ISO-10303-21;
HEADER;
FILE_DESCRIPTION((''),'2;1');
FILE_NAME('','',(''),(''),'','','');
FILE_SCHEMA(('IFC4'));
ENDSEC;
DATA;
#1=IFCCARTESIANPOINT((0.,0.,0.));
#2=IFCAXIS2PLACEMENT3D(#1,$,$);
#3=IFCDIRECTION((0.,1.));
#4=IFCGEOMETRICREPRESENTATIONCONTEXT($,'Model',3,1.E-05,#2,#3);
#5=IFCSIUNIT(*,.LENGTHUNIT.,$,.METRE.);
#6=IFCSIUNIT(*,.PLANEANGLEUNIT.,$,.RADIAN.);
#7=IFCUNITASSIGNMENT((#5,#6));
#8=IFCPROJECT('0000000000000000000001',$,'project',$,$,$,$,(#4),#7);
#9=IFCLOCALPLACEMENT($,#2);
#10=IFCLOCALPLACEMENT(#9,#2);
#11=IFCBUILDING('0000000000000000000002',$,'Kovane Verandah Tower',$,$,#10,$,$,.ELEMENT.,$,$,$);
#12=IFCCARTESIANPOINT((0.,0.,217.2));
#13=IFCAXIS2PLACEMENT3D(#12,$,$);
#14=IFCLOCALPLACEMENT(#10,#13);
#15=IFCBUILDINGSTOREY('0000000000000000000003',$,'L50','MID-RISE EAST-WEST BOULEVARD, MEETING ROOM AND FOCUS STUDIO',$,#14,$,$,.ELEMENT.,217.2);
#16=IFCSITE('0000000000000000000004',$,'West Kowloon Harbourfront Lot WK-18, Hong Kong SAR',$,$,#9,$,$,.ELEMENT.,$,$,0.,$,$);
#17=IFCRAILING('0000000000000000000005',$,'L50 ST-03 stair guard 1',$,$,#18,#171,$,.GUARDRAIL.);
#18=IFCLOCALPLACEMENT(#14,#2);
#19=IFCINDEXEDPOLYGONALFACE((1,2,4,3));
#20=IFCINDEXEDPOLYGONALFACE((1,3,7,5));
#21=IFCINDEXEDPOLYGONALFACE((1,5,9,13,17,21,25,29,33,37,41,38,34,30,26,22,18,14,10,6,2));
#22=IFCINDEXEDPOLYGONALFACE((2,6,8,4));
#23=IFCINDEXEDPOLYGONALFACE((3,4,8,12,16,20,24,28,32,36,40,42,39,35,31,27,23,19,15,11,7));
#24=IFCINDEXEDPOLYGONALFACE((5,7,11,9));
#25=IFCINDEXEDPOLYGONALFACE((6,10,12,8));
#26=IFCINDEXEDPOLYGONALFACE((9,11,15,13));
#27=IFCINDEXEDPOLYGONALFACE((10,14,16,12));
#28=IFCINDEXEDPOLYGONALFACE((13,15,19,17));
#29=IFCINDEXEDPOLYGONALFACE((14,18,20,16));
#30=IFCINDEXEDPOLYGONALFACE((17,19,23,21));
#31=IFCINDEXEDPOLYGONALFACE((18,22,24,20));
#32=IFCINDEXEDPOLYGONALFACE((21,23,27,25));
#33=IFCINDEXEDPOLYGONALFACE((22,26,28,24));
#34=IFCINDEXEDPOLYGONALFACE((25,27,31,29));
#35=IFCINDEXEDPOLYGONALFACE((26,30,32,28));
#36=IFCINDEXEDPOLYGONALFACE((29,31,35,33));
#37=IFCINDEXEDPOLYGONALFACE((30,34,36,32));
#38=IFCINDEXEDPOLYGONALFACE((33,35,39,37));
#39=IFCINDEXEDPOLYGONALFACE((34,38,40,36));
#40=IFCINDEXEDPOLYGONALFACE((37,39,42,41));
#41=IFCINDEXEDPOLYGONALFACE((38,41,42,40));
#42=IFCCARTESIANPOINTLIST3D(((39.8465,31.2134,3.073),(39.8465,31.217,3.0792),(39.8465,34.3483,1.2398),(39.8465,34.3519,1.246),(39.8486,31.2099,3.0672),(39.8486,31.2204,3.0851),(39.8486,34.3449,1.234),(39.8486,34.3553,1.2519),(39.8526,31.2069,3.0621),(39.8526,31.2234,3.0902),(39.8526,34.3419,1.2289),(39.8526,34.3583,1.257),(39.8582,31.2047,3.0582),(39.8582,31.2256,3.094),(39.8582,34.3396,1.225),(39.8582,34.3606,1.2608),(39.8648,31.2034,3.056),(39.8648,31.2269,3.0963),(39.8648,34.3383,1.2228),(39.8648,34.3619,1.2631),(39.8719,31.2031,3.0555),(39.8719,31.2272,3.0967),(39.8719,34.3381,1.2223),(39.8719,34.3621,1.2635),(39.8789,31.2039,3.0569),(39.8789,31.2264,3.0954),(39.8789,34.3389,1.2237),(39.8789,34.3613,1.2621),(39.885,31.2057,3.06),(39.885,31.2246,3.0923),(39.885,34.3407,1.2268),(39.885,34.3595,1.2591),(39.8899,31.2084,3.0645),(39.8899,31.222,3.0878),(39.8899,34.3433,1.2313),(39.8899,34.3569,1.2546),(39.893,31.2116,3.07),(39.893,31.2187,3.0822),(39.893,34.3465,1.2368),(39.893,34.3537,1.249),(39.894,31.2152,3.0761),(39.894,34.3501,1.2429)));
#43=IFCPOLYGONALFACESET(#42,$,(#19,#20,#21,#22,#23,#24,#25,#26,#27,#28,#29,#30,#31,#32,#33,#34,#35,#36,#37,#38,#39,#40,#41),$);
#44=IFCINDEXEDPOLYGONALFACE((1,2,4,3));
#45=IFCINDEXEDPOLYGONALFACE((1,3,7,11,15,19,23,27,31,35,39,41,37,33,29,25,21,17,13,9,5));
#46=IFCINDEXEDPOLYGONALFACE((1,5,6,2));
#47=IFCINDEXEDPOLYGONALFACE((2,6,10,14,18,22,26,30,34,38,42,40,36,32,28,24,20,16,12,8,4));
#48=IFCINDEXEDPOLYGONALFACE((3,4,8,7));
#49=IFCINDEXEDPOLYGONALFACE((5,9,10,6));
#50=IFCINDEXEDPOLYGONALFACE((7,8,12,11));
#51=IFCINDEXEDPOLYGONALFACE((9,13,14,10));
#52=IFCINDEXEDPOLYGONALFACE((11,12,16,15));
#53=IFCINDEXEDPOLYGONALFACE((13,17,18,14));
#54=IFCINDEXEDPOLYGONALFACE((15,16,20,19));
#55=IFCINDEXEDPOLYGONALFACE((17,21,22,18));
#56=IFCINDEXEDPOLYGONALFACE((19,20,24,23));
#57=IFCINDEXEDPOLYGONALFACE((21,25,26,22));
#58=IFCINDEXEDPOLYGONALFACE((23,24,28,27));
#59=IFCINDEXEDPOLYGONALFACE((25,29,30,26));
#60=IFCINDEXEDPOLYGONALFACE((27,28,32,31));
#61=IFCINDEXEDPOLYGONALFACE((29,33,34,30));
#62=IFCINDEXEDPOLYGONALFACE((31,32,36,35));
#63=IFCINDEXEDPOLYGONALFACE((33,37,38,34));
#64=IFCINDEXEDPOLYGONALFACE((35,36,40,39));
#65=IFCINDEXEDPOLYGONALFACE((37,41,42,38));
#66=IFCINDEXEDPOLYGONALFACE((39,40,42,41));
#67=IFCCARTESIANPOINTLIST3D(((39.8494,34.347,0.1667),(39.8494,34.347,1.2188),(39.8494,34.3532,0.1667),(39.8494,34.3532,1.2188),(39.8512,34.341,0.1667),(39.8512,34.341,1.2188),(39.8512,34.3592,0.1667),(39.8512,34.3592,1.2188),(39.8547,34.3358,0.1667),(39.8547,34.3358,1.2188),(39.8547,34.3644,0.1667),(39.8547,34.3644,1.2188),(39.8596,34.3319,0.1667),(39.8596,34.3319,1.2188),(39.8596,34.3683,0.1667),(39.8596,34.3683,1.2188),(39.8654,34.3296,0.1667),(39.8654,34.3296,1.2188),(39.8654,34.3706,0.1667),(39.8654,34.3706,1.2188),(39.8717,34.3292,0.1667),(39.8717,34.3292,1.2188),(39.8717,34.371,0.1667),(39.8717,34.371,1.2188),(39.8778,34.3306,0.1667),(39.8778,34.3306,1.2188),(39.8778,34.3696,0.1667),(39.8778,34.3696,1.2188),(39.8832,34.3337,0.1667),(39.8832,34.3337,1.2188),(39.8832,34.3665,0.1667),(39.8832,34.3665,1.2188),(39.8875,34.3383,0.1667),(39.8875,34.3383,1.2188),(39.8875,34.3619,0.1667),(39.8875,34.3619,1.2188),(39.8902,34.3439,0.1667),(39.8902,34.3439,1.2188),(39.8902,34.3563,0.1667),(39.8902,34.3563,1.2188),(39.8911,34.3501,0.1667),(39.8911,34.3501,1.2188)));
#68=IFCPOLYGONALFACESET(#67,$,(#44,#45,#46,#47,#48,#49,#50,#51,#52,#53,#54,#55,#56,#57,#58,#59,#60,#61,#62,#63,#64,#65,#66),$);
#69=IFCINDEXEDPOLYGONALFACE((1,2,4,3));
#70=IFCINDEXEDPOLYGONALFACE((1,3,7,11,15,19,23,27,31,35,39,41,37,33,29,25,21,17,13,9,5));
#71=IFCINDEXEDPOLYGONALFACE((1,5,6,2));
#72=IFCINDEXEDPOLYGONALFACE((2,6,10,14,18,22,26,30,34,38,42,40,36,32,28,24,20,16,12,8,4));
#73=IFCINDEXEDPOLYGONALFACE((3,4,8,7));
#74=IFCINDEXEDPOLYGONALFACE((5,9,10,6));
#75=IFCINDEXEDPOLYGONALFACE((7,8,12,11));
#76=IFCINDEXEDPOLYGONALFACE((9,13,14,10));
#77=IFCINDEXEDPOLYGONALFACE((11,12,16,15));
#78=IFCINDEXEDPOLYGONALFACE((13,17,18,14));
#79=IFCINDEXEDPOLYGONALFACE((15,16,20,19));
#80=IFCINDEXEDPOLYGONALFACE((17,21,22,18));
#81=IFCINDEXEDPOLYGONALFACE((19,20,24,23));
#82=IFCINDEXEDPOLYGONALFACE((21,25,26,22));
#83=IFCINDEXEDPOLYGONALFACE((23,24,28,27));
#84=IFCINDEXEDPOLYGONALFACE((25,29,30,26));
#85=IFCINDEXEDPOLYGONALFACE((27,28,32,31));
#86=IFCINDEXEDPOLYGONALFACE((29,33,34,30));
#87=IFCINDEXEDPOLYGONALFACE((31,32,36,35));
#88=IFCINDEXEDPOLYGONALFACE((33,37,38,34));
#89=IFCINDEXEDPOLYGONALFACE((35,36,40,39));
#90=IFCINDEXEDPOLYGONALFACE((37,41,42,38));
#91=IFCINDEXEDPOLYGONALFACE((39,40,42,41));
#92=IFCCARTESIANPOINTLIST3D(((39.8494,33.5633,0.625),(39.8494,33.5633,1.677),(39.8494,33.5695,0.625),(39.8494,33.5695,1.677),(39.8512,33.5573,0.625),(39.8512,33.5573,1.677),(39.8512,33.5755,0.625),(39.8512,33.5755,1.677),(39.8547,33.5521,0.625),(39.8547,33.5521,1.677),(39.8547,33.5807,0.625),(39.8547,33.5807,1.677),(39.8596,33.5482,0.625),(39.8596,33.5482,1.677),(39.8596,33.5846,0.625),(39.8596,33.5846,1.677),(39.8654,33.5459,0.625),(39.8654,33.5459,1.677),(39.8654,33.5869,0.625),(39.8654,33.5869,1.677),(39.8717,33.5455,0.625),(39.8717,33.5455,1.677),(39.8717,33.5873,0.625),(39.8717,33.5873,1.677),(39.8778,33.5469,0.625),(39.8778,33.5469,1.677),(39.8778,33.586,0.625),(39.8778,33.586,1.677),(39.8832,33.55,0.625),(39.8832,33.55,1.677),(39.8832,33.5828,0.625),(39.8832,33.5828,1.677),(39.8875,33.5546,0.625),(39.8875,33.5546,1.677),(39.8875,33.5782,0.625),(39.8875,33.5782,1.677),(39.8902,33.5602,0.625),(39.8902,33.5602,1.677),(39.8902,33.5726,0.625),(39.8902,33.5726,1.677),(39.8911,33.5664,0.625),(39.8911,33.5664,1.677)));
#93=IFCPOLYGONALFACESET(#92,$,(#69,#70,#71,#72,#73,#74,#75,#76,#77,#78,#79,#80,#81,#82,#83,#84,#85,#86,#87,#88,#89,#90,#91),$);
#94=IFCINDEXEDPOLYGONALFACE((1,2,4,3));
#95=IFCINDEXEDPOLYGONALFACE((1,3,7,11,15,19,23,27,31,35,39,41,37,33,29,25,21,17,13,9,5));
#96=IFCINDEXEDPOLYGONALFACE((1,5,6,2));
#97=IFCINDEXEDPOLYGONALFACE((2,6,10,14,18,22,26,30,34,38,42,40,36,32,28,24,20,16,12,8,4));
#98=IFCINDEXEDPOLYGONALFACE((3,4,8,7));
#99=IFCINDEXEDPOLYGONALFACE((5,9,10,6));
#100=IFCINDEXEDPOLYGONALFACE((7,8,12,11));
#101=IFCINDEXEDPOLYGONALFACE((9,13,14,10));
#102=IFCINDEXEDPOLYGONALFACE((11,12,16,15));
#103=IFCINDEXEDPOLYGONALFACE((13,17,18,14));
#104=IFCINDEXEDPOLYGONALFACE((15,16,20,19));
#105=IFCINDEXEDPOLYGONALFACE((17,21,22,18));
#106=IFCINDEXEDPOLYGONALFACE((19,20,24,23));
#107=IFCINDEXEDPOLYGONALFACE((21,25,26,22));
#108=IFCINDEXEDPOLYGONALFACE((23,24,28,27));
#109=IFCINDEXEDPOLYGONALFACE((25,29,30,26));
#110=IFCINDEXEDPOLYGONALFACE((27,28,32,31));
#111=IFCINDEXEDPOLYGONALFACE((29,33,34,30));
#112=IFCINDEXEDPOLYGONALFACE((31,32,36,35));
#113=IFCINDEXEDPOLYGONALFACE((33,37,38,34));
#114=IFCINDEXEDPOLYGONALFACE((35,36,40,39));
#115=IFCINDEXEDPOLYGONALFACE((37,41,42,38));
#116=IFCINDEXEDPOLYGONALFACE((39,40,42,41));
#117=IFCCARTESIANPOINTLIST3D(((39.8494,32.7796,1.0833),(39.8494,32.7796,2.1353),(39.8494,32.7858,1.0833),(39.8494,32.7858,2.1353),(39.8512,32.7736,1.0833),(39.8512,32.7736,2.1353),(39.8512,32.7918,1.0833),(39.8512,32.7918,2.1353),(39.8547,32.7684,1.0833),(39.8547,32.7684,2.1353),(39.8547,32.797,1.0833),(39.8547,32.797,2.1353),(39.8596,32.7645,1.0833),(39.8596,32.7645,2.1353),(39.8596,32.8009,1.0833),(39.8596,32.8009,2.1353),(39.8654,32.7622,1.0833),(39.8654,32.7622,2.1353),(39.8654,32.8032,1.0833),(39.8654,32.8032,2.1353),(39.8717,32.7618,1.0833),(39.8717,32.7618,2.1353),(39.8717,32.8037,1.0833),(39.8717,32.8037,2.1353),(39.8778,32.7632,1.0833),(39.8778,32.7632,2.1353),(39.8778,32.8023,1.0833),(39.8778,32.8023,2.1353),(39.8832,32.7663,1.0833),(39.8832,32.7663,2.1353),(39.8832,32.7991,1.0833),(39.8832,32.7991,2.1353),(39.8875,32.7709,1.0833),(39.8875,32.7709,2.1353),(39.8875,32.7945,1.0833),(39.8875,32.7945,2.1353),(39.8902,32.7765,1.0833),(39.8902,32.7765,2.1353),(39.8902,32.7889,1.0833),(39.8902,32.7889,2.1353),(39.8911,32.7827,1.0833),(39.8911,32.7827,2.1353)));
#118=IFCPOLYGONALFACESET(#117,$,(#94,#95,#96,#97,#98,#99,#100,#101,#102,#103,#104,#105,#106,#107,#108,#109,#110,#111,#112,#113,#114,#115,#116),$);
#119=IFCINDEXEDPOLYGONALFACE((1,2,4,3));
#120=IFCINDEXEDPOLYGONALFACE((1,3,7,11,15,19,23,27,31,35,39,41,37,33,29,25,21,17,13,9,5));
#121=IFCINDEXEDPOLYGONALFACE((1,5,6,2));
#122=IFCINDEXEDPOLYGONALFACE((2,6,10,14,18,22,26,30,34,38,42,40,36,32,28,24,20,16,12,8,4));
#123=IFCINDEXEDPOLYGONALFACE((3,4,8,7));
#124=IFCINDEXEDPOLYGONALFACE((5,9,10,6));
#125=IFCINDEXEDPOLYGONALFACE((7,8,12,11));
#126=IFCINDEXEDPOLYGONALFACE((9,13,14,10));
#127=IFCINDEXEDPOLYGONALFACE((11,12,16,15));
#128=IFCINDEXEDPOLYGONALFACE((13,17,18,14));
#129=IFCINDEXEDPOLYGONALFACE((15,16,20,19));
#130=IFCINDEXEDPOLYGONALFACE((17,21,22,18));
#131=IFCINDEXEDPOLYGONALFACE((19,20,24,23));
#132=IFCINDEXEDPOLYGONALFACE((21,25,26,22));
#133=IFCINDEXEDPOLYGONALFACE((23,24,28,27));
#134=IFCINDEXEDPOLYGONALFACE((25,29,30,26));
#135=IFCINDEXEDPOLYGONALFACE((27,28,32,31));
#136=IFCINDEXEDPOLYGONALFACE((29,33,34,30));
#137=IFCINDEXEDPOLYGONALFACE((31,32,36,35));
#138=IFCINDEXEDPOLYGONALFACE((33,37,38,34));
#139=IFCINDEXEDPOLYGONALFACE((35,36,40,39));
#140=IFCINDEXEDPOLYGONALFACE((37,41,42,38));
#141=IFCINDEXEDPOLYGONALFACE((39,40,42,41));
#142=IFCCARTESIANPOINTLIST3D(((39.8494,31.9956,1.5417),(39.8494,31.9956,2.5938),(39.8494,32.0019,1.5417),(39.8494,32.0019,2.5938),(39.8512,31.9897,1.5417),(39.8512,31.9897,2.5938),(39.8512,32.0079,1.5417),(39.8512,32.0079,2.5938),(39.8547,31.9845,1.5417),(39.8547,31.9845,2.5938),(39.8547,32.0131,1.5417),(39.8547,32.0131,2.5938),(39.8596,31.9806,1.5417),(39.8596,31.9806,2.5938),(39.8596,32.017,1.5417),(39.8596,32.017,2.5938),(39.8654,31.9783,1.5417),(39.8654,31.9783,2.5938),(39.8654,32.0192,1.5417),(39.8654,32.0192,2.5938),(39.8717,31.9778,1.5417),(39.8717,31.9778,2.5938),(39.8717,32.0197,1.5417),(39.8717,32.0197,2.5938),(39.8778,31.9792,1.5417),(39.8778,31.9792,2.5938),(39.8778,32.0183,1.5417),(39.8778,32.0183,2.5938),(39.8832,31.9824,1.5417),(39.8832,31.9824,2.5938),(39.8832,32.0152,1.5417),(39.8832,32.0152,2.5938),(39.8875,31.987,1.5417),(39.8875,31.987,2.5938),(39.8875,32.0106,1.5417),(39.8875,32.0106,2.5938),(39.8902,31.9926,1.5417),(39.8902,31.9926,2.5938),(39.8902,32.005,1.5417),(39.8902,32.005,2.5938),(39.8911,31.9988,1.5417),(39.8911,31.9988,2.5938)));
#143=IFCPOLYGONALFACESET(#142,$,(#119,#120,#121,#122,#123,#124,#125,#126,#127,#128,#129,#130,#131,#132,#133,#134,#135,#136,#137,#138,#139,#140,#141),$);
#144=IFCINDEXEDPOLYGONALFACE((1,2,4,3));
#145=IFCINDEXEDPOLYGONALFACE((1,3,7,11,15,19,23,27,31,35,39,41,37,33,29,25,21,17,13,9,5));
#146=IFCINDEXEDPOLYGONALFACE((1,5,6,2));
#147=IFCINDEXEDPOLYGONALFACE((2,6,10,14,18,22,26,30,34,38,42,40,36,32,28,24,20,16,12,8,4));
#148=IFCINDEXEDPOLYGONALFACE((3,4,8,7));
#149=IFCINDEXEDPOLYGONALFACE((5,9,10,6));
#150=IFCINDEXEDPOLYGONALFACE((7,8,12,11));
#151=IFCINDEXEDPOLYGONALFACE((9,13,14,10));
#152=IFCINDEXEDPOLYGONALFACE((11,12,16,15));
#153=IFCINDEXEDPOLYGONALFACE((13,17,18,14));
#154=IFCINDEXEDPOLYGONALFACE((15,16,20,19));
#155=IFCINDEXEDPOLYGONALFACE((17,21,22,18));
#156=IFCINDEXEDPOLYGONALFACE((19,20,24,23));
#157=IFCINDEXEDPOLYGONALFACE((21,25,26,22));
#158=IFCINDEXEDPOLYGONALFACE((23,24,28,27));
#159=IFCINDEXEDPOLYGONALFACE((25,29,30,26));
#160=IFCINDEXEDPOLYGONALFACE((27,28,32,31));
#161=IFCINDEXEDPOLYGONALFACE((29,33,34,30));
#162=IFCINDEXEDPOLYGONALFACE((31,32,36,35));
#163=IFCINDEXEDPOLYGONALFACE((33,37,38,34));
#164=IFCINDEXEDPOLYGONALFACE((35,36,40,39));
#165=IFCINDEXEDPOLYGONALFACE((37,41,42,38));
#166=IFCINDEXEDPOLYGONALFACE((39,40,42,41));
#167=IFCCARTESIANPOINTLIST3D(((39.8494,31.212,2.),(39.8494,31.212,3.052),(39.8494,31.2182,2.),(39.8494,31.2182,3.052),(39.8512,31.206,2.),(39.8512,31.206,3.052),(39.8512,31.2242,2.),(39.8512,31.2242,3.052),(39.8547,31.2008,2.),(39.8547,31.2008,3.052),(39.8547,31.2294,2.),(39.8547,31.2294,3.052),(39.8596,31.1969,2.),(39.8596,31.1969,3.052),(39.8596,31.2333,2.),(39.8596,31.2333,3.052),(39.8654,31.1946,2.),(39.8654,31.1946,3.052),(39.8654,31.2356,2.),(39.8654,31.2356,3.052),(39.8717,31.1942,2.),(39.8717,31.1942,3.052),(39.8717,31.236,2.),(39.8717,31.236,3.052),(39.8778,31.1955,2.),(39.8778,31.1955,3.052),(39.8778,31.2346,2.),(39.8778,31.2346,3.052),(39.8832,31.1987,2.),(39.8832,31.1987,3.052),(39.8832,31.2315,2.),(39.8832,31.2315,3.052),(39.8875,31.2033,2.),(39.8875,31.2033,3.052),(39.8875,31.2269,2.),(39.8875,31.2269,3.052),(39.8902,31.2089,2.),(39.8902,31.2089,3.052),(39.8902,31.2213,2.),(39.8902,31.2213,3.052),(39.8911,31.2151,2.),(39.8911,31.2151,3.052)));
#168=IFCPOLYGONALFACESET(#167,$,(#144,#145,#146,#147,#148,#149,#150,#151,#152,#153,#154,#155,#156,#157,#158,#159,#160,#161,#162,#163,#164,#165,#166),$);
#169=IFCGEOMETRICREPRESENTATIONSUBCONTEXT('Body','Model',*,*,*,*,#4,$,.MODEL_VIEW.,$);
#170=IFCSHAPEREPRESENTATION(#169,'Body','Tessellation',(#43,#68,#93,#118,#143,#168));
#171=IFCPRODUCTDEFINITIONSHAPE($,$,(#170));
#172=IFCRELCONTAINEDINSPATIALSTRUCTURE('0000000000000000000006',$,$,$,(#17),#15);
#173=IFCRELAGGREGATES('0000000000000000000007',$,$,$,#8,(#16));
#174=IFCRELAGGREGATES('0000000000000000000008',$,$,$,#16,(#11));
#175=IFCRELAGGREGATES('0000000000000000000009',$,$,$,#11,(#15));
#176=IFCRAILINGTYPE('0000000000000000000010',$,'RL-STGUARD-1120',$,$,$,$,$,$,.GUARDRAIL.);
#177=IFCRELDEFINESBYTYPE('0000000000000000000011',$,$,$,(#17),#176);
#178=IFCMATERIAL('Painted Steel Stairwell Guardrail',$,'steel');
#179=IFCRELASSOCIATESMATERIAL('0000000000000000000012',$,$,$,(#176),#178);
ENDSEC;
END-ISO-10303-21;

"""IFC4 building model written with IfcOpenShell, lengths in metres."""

from ifc_helpers import new_model, si_unit, direction, frame, origin, origin_2d, place, context, subcontext, project, spatial, circle, extrude, material, type_object, element, save


model = new_model("IFC4")

# Units and contexts
model_context = context("Model", 3, precision=1e-05, world=origin(), true_north=direction((0.0, 1.0)))
body_context = subcontext(model_context, "Body", "Model", "MODEL_VIEW")
ifc_project = project(units=[si_unit("LENGTHUNIT", "METRE"), si_unit("PLANEANGLEUNIT", "RADIAN")], contexts=[model_context])

# Site, building, storey
site_placement = place(None, origin())
site = spatial("IfcSite", under=ifc_project, at=site_placement, Name="West Kowloon Harbourfront Lot WK-18, Hong Kong SAR", CompositionType="ELEMENT", RefElevation=0.0)
building_placement = place(site_placement, origin())
building = spatial("IfcBuilding", under=site, at=building_placement, Name="Kovane Verandah Tower", CompositionType="ELEMENT")
storey_placement = place(building_placement, frame((0.0, 0.0, 217.2)))
storey = spatial("IfcBuildingStorey", under=building, at=storey_placement, Name="L50", Description="MID-RISE EAST-WEST BOULEVARD, MEETING ROOM AND FOCUS STUDIO", CompositionType="ELEMENT", Elevation=217.2)

# Railing
ifc_material_1 = material(Name="Painted Steel Stairwell Guardrail", Category="steel")
railing_type_1 = type_object("IfcRailingType", Name="RL-STGUARD-1120", PredefinedType="GUARDRAIL", material=ifc_material_1)
railing_1_placement = place(storey_placement, frame((39.8701, 34.3501, 0.1667)))
element("IfcRailing", 1, at=railing_1_placement, inside=storey, type_object=railing_type_1, Name="L50 ST-03 stair guard 1", PredefinedType="GUARDRAIL", context=body_context, shape_type="SweptSolid", body=[
    extrude(circle(Radius=0.0239, at=origin_2d()), frame((0.0, 0.0, 1.0762), z_axis=(0.0, -0.86324, 0.504794), x_axis=(1.0, 0.0, 0.0)), (0.0, 0.0, 1.0), 3.6316),
    extrude(circle(Radius=0.021, at=origin_2d()), origin(), (0.0, 0.0, 1.0), 1.052),
    extrude(circle(Radius=0.021, at=origin_2d()), frame((0.0, -0.7837, 0.4583)), (0.0, 0.0, 1.0), 1.052),
    extrude(circle(Radius=0.021, at=origin_2d()), frame((0.0, -1.5674, 0.9165)), (0.0, 0.0, 1.0), 1.052),
    extrude(circle(Radius=0.021, at=origin_2d()), frame((0.0, -2.3513, 1.375)), (0.0, 0.0, 1.0), 1.052),
    extrude(circle(Radius=0.021, at=origin_2d()), frame((0.0, -3.135, 1.8333)), (0.0, 0.0, 1.0), 1.052),
])

save(model, "model.ifc")
